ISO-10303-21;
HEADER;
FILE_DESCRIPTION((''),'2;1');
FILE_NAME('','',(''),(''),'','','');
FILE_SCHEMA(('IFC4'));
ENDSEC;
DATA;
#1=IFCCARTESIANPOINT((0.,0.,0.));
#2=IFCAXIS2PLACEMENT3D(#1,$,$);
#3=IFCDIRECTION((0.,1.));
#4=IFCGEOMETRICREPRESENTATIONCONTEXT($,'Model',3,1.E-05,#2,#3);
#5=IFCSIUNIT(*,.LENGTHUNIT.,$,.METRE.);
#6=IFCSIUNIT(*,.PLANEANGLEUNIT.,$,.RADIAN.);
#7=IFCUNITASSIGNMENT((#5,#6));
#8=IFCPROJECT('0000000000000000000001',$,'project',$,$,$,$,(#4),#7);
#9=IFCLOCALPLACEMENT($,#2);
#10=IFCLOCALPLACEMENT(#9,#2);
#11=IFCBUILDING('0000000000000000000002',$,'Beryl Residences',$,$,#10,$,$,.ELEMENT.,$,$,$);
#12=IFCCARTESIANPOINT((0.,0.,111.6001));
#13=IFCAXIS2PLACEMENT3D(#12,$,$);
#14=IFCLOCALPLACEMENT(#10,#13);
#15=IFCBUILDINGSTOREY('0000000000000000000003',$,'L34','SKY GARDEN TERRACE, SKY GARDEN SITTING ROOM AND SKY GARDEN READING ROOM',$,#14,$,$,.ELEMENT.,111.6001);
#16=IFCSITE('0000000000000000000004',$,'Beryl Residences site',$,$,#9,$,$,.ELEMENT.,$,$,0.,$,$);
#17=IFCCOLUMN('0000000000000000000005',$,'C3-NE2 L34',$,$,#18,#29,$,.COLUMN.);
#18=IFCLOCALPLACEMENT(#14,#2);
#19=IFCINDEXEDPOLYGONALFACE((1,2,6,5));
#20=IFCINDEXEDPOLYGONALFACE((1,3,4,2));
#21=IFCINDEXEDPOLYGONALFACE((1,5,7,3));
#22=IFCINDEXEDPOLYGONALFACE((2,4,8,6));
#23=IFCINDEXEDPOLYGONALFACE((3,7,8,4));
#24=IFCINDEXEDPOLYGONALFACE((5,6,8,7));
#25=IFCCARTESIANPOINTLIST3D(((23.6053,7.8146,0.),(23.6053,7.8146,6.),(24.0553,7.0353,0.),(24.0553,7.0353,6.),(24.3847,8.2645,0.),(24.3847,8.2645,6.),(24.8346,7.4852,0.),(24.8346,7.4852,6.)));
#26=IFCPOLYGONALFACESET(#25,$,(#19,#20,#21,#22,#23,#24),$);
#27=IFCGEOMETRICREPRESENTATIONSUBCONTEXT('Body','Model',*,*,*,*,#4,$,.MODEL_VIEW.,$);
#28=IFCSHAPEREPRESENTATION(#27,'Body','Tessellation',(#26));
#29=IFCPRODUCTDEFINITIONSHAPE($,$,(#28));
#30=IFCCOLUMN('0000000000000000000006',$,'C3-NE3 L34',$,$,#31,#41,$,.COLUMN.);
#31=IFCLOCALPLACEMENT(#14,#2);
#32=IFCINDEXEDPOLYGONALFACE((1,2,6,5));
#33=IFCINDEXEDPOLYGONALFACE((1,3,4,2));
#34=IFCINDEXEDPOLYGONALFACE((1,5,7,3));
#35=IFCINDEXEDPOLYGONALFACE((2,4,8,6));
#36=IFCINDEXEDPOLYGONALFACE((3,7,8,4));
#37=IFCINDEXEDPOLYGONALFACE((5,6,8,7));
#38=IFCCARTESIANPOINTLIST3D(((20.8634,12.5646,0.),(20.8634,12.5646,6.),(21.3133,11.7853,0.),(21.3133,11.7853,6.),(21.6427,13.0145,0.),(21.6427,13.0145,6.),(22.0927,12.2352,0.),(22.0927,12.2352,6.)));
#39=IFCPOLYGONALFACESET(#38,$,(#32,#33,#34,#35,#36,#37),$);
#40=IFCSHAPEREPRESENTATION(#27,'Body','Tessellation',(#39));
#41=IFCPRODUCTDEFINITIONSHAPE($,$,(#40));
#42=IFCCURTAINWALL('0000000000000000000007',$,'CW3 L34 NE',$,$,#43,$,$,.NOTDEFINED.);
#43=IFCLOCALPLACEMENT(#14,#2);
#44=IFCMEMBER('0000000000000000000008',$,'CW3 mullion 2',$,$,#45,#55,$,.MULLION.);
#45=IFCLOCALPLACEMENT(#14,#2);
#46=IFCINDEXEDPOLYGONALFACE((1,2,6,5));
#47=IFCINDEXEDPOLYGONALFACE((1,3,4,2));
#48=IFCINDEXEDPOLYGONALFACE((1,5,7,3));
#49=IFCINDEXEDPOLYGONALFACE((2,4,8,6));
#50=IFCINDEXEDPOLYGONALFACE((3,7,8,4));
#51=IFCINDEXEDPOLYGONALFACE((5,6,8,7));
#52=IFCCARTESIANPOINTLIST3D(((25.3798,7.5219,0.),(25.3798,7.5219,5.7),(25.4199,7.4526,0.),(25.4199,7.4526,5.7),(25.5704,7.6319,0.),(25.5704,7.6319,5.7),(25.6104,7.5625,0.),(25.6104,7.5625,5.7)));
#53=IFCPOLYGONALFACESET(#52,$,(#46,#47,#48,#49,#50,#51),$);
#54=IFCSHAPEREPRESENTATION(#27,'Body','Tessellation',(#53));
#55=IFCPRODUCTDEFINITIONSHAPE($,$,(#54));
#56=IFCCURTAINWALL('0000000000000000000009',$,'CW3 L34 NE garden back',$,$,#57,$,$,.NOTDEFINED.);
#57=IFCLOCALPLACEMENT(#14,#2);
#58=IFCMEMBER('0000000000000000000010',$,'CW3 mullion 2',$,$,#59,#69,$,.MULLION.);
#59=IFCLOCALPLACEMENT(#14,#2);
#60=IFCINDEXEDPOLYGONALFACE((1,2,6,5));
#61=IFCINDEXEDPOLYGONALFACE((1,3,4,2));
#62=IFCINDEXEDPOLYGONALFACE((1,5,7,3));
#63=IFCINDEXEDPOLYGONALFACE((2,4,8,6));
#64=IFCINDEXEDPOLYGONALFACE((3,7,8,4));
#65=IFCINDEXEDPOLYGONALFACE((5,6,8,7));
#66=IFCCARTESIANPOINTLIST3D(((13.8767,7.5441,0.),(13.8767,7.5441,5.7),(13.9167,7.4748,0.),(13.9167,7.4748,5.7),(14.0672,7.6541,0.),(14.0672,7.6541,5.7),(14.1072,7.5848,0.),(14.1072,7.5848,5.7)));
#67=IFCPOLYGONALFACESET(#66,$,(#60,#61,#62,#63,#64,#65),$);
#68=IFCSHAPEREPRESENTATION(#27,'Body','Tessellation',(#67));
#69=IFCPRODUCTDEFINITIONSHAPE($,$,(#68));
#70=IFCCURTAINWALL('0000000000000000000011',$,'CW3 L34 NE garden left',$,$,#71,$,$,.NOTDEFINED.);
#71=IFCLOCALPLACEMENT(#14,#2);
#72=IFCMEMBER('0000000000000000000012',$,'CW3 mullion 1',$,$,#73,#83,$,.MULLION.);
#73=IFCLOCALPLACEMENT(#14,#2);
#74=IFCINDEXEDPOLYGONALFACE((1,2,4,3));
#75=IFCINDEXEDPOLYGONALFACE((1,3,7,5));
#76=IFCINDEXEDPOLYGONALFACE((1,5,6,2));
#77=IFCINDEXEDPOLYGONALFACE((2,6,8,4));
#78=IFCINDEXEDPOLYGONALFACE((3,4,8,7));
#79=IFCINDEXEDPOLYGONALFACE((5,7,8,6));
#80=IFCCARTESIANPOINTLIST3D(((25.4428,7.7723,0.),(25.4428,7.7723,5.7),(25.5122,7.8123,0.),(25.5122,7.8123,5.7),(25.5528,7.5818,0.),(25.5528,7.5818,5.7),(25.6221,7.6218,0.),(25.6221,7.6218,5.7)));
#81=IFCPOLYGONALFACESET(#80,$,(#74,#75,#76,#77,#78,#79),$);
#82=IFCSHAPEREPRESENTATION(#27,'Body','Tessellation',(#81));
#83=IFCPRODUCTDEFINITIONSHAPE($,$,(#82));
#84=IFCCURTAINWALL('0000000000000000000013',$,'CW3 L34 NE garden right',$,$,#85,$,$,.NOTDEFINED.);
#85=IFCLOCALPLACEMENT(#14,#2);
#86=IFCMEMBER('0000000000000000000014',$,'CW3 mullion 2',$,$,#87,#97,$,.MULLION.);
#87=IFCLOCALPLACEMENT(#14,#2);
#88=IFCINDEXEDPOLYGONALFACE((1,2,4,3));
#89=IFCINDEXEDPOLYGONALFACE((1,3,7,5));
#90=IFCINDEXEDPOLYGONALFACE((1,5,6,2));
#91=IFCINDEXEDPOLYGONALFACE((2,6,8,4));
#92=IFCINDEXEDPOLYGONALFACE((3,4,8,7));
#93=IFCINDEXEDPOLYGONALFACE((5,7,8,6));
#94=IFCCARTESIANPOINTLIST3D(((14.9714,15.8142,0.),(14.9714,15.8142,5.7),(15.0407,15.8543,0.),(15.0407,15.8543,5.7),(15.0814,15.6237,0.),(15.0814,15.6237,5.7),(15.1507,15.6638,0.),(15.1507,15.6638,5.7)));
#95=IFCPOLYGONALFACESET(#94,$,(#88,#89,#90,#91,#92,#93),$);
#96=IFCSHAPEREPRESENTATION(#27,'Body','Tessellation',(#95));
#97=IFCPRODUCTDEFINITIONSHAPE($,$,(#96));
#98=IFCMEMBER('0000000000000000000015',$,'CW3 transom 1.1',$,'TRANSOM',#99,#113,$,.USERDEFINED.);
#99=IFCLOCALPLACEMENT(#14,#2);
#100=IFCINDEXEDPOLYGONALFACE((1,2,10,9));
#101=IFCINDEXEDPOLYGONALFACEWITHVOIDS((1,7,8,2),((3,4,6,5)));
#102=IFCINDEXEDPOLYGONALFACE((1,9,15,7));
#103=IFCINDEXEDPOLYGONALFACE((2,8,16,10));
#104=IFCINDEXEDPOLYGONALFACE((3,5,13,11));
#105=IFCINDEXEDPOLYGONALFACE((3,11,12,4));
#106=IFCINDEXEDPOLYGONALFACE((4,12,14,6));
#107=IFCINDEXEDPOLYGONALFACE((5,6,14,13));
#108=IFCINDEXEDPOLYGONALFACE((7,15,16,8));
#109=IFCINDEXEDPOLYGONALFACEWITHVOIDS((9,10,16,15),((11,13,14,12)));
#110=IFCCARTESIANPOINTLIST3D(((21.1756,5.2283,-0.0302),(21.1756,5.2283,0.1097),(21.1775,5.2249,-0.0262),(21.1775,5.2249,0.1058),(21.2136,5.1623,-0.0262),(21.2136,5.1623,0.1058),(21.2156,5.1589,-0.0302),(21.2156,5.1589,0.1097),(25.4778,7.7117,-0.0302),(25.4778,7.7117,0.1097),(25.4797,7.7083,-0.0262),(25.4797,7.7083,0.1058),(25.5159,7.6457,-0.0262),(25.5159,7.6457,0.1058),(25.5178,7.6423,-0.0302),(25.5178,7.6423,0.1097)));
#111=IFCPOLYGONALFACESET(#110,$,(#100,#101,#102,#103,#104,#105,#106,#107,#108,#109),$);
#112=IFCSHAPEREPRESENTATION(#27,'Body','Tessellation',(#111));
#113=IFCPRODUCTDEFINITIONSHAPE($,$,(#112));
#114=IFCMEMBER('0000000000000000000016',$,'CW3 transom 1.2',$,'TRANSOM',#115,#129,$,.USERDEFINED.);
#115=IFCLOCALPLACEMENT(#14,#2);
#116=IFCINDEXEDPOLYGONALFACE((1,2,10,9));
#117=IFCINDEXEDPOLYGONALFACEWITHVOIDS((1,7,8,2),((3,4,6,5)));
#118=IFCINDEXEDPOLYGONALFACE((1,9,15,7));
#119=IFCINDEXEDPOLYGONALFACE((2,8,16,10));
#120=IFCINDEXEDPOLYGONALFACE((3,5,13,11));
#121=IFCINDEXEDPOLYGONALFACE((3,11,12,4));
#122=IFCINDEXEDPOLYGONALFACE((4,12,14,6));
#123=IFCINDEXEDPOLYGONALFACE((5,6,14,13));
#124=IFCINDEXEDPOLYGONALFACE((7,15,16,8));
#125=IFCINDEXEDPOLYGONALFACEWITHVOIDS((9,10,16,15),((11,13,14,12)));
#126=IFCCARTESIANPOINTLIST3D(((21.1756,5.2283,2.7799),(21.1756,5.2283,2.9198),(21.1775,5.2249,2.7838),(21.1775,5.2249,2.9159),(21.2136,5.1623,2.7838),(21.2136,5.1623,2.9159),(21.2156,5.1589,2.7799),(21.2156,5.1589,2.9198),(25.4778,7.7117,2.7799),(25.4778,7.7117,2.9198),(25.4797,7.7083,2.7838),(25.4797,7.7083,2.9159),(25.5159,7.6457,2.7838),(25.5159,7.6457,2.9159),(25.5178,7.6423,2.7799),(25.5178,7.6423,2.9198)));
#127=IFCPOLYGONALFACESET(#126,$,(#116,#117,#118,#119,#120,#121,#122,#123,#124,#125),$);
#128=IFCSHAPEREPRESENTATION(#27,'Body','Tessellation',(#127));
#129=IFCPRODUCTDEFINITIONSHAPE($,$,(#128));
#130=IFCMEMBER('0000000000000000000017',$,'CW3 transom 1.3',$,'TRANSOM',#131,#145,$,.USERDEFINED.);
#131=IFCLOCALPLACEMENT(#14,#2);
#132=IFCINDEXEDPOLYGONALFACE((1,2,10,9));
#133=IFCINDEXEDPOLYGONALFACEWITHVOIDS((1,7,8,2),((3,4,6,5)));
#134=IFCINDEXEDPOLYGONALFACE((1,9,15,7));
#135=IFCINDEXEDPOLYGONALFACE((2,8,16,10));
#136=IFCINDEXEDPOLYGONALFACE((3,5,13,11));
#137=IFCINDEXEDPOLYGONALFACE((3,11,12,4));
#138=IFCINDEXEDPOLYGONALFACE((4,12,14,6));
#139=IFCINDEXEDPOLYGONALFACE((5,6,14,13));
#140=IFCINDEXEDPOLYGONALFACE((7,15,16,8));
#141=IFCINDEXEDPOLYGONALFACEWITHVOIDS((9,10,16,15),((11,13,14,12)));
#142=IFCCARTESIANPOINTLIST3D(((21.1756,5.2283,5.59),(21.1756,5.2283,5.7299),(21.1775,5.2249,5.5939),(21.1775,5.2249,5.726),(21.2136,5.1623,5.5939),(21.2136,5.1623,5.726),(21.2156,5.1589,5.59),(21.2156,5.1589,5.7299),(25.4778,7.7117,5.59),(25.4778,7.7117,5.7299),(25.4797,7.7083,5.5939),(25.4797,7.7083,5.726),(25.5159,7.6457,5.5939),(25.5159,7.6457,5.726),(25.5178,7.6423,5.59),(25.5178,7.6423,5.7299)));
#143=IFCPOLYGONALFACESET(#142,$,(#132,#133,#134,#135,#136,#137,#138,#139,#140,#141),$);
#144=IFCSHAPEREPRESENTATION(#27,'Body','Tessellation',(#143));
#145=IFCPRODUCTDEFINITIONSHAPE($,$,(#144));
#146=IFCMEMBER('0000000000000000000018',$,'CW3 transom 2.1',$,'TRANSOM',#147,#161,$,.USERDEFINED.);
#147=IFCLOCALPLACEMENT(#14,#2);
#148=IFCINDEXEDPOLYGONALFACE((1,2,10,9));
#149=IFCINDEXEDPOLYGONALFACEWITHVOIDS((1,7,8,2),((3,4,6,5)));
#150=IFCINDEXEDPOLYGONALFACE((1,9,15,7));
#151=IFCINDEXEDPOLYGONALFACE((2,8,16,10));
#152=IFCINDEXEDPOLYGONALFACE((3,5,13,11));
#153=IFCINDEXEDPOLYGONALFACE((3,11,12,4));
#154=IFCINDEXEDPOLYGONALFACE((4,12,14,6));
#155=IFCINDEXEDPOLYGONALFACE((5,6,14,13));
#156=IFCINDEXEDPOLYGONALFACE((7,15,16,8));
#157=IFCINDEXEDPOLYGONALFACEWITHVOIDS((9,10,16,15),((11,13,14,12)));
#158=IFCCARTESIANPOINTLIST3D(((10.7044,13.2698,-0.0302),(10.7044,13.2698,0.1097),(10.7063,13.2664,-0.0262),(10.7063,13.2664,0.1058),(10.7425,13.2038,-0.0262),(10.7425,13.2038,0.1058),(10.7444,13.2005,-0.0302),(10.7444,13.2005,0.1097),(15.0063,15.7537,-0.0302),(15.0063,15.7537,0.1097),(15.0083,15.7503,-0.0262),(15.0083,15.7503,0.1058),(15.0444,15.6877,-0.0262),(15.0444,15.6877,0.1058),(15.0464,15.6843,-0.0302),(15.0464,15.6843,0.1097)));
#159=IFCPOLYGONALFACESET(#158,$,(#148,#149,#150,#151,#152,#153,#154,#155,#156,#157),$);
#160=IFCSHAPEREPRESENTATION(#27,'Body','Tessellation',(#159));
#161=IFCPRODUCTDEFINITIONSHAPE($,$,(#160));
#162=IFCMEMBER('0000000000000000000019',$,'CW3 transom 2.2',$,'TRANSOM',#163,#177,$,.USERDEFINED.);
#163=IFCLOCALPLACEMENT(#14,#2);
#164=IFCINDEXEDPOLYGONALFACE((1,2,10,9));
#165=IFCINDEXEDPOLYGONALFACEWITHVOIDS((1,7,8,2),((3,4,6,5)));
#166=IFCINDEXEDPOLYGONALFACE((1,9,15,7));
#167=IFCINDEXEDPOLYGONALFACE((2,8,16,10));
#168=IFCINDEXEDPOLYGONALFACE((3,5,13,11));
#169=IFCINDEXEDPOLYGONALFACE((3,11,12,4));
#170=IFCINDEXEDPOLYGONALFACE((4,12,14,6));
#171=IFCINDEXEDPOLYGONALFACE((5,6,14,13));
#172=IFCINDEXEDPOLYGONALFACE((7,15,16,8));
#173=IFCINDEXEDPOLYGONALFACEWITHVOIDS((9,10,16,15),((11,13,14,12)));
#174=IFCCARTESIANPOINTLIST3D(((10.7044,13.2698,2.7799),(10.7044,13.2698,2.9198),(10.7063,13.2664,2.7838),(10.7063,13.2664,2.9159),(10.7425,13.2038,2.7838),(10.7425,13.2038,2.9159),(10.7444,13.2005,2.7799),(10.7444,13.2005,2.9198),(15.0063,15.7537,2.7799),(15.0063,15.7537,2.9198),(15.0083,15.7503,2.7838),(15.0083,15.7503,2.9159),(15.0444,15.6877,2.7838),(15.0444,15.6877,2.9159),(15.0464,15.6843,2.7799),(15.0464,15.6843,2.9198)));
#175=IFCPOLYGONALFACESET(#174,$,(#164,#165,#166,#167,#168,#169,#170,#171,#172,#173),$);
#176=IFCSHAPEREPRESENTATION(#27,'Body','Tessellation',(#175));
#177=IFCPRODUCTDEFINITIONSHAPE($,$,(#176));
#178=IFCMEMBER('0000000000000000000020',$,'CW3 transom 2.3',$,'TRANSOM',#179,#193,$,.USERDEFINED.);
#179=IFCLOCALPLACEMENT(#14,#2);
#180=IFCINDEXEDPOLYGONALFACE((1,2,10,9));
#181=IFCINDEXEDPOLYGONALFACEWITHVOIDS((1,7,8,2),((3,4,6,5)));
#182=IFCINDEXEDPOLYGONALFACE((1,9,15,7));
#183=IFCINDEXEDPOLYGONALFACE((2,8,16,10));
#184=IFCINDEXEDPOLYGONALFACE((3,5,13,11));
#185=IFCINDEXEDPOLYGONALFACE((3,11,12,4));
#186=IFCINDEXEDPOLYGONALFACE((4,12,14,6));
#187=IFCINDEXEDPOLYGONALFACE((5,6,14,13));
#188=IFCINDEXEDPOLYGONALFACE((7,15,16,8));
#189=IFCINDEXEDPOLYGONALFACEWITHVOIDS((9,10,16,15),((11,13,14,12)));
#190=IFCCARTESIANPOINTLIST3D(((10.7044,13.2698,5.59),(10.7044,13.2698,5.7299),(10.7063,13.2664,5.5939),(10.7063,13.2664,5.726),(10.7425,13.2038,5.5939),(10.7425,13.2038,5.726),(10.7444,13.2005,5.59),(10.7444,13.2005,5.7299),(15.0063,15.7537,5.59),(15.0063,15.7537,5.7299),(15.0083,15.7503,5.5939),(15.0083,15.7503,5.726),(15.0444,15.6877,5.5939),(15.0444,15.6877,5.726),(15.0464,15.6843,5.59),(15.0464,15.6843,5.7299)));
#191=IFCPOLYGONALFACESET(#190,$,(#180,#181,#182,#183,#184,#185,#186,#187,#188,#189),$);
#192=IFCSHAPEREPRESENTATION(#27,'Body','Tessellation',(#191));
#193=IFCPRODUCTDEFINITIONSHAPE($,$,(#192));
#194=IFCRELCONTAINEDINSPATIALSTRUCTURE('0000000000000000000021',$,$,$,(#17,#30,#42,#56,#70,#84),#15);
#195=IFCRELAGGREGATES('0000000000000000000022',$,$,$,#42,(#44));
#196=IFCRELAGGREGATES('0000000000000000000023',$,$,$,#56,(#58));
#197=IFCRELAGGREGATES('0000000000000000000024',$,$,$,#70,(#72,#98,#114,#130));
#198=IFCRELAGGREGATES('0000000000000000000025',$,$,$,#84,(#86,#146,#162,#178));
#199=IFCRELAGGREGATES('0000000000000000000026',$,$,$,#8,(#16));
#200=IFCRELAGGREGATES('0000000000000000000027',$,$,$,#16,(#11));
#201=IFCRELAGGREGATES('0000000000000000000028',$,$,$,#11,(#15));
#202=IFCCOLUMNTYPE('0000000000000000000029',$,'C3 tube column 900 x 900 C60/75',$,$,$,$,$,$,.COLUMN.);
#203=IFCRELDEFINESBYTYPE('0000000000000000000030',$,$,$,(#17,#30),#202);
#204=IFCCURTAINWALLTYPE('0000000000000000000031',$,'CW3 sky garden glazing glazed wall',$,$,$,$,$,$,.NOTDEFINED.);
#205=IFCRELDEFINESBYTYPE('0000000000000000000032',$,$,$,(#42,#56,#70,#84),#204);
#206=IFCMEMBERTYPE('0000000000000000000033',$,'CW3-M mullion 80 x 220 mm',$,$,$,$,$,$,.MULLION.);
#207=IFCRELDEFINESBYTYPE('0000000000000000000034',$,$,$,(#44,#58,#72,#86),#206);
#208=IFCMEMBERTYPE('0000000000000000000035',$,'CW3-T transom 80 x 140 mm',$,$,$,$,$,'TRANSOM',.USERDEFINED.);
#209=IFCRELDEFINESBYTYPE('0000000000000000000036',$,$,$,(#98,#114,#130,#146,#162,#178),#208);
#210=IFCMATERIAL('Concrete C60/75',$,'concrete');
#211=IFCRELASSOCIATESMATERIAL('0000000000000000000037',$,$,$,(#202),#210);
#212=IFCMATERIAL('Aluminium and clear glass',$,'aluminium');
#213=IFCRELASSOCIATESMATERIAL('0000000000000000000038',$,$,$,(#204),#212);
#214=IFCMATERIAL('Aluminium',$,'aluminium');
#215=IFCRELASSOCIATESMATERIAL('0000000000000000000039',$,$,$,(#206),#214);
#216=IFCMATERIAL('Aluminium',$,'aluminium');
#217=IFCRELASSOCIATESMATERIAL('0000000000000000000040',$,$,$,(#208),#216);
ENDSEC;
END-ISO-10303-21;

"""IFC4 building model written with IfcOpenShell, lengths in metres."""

from ifc_helpers import new_model, si_unit, direction, frame, origin, origin_2d, place, context, subcontext, project, spatial, rectangle, hollow_rectangle, extrude, material, material_profile, profile_set, type_object, element, aggregate, save


model = new_model("IFC4")

# Units and contexts
model_context = context("Model", 3, precision=1e-05, world=origin(), true_north=direction((0.0, 1.0)))
body_context = subcontext(model_context, "Body", "Model", "MODEL_VIEW")
ifc_project = project(units=[si_unit("LENGTHUNIT", "METRE"), si_unit("PLANEANGLEUNIT", "RADIAN")], contexts=[model_context])

# Site, building, storey
site_placement = place(None, origin())
site = spatial("IfcSite", under=ifc_project, at=site_placement, Name="Beryl Residences site", CompositionType="ELEMENT", RefElevation=0.0)
building_placement = place(site_placement, origin())
building = spatial("IfcBuilding", under=site, at=building_placement, Name="Beryl Residences", CompositionType="ELEMENT")
storey_placement = place(building_placement, frame((0.0, 0.0, 111.6001)))
storey = spatial("IfcBuildingStorey", under=building, at=storey_placement, Name="L34", Description="SKY GARDEN TERRACE, SKY GARDEN SITTING ROOM AND SKY GARDEN READING ROOM", CompositionType="ELEMENT", Elevation=111.6001)

# Columns
ifc_material_1 = material(Name="Concrete C60/75", Category="concrete")
ifc_material_profile_1 = material_profile(ifc_material_1, rectangle(XDim=0.8999, YDim=0.8999, at=origin_2d()))
ifc_profile_set_1 = profile_set([ifc_material_profile_1], Name="Concrete C60/75")
column_type = type_object("IfcColumnType", Name="C3 tube column 900 x 900 C60/75", PredefinedType="COLUMN", material=ifc_profile_set_1)
for number, where, z_axis, x_axis, name in (
    (1, (24.22, 7.6499, 0.0), (0.0, 0.0, 1.0), (-0.5, 0.866025, 0.0), "C3-NE2 L34"),
    (2, (21.478, 12.3999, 0.0), (0.0, 0.0, 1.0), (-0.5, 0.866025, 0.0), "C3-NE3 L34"),
):
    element("IfcColumn", number, at=place(storey_placement, frame(where, z_axis=z_axis, x_axis=x_axis)), inside=storey, type_object=column_type, Name=name, PredefinedType="COLUMN", context=body_context, shape_type="SweptSolid", body=[
        extrude(rectangle(XDim=0.8999, YDim=0.8999, at=origin_2d()), origin(), (0.0, 0.0, 1.0), 6.0),
    ])

# Curtain walls, members
ifc_material_2 = material(Name="Aluminium and clear glass", Category="aluminium")
curtain_wall_type = type_object("IfcCurtainWallType", Name="CW3 sky garden glazing glazed wall", PredefinedType="NOTDEFINED", material=ifc_material_2)
curtain_wall_1_placement = place(storey_placement, origin())
curtain_wall_1 = element("IfcCurtainWall", 3, at=curtain_wall_1_placement, inside=storey, type_object=curtain_wall_type, Name="CW3 L34 NE", PredefinedType="NOTDEFINED")
ifc_material_3 = material(Name="Aluminium", Category="aluminium")
ifc_material_profile_2 = material_profile(ifc_material_3, rectangle(XDim=0.0801, YDim=0.22, at=origin_2d()))
ifc_profile_set_2 = profile_set([ifc_material_profile_2], Name="Aluminium")
member_type_1 = type_object("IfcMemberType", Name="CW3-M mullion 80 x 220 mm", PredefinedType="MULLION", material=ifc_profile_set_2)
member_1_placement = place(storey_placement, frame((25.4951, 7.5422, 0.0), z_axis=(0.0, 0.0, 1.0), x_axis=(-0.49995, 0.866054, 0.0)))
member_1 = element("IfcMember", 4, at=member_1_placement, type_object=member_type_1, Name="CW3 mullion 2", PredefinedType="MULLION", context=body_context, shape_type="SweptSolid", body=[
    extrude(rectangle(XDim=0.0801, YDim=0.22, at=origin_2d()), origin(), (0.0, 0.0, 1.0), 5.7),
])
aggregate(curtain_wall_1, [member_1])
curtain_wall_2_placement = place(storey_placement, origin())
curtain_wall_2 = element("IfcCurtainWall", 5, at=curtain_wall_2_placement, inside=storey, type_object=curtain_wall_type, Name="CW3 L34 NE garden back", PredefinedType="NOTDEFINED")
member_2_placement = place(storey_placement, frame((13.9919, 7.5645, 0.0), z_axis=(0.0, 0.0, 1.0), x_axis=(-0.500142, 0.865943, 0.0)))
member_2 = element("IfcMember", 6, at=member_2_placement, type_object=member_type_1, Name="CW3 mullion 2", PredefinedType="MULLION", context=body_context, shape_type="SweptSolid", body=[
    extrude(rectangle(XDim=0.0801, YDim=0.22, at=origin_2d()), origin(), (0.0, 0.0, 1.0), 5.7),
])
curtain_wall_3_placement = place(storey_placement, origin())
curtain_wall_3 = element("IfcCurtainWall", 7, at=curtain_wall_3_placement, inside=storey, type_object=curtain_wall_type, Name="CW3 L34 NE garden left", PredefinedType="NOTDEFINED")
member_3_placement = place(storey_placement, frame((25.5325, 7.697, 0.0), z_axis=(0.0, 0.0, 1.0), x_axis=(-0.866051, -0.499955, 0.0)))
member_3 = element("IfcMember", 8, at=member_3_placement, type_object=member_type_1, Name="CW3 mullion 1", PredefinedType="MULLION", context=body_context, shape_type="SweptSolid", body=[
    extrude(rectangle(XDim=0.0801, YDim=0.22, at=origin_2d()), origin(), (0.0, 0.0, 1.0), 5.7),
])
curtain_wall_4_placement = place(storey_placement, origin())
curtain_wall_4 = element("IfcCurtainWall", 9, at=curtain_wall_4_placement, inside=storey, type_object=curtain_wall_type, Name="CW3 L34 NE garden right", PredefinedType="NOTDEFINED")
member_4_placement = place(storey_placement, frame((15.061, 15.739, 0.0), z_axis=(0.0, 0.0, 1.0), x_axis=(-0.866009, -0.500029, 0.0)))
member_4 = element("IfcMember", 10, at=member_4_placement, type_object=member_type_1, Name="CW3 mullion 2", PredefinedType="MULLION", context=body_context, shape_type="SweptSolid", body=[
    extrude(rectangle(XDim=0.0801, YDim=0.22, at=origin_2d()), origin(), (0.0, 0.0, 1.0), 5.7),
])

# Members
ifc_material_4 = material(Name="Aluminium", Category="aluminium")
ifc_material_profile_3 = material_profile(ifc_material_4, hollow_rectangle(XDim=0.0801, YDim=0.1399, WallThickness=0.0039, at=origin_2d()))
ifc_profile_set_3 = profile_set([ifc_material_profile_3], Name="Aluminium")
member_type_2 = type_object("IfcMemberType", Name="CW3-T transom 80 x 140 mm", ElementType="TRANSOM", PredefinedType="USERDEFINED", material=ifc_profile_set_3)
member_5_placement = place(storey_placement, frame((25.4978, 7.677, 0.0398), z_axis=(-0.866069, -0.499924, 0.0), x_axis=(0.499924, -0.866069, 0.0)))
member_5 = element("IfcMember", 11, at=member_5_placement, type_object=member_type_2, Name="CW3 transom 1.1", ObjectType="TRANSOM", PredefinedType="USERDEFINED", context=body_context, shape_type="SweptSolid", body=[
    extrude(hollow_rectangle(XDim=0.0801, YDim=0.1399, WallThickness=0.0039, at=origin_2d()), origin(), (0.0, 0.0, 1.0), 4.9675),
])
member_6_placement = place(storey_placement, frame((25.4978, 7.677, 2.8499), z_axis=(-0.866069, -0.499924, 0.0), x_axis=(0.499924, -0.866069, 0.0)))
member_6 = element("IfcMember", 12, at=member_6_placement, type_object=member_type_2, Name="CW3 transom 1.2", ObjectType="TRANSOM", PredefinedType="USERDEFINED", context=body_context, shape_type="SweptSolid", body=[
    extrude(hollow_rectangle(XDim=0.0801, YDim=0.1399, WallThickness=0.0039, at=origin_2d()), origin(), (0.0, 0.0, 1.0), 4.9675),
])
member_7_placement = place(storey_placement, frame((25.4978, 7.677, 5.6599), z_axis=(-0.866069, -0.499924, 0.0), x_axis=(0.499924, -0.866069, 0.0)))
member_7 = element("IfcMember", 13, at=member_7_placement, type_object=member_type_2, Name="CW3 transom 1.3", ObjectType="TRANSOM", PredefinedType="USERDEFINED", context=body_context, shape_type="SweptSolid", body=[
    extrude(hollow_rectangle(XDim=0.0801, YDim=0.1399, WallThickness=0.0039, at=origin_2d()), origin(), (0.0, 0.0, 1.0), 4.9675),
])
member_8_placement = place(storey_placement, frame((15.0264, 15.719, 0.0398), z_axis=(-0.866015, -0.500019, 0.0), x_axis=(0.500019, -0.866015, 0.0)))
member_8 = element("IfcMember", 14, at=member_8_placement, type_object=member_type_2, Name="CW3 transom 2.1", ObjectType="TRANSOM", PredefinedType="USERDEFINED", context=body_context, shape_type="SweptSolid", body=[
    extrude(hollow_rectangle(XDim=0.0801, YDim=0.1399, WallThickness=0.0039, at=origin_2d()), origin(), (0.0, 0.0, 1.0), 4.9675),
])
member_9_placement = place(storey_placement, frame((15.0264, 15.719, 2.8499), z_axis=(-0.866015, -0.500019, 0.0), x_axis=(0.500019, -0.866015, 0.0)))
member_9 = element("IfcMember", 15, at=member_9_placement, type_object=member_type_2, Name="CW3 transom 2.2", ObjectType="TRANSOM", PredefinedType="USERDEFINED", context=body_context, shape_type="SweptSolid", body=[
    extrude(hollow_rectangle(XDim=0.0801, YDim=0.1399, WallThickness=0.0039, at=origin_2d()), origin(), (0.0, 0.0, 1.0), 4.9675),
])
member_10_placement = place(storey_placement, frame((15.0264, 15.719, 5.6599), z_axis=(-0.866015, -0.500019, 0.0), x_axis=(0.500019, -0.866015, 0.0)))
member_10 = element("IfcMember", 16, at=member_10_placement, type_object=member_type_2, Name="CW3 transom 2.3", ObjectType="TRANSOM", PredefinedType="USERDEFINED", context=body_context, shape_type="SweptSolid", body=[
    extrude(hollow_rectangle(XDim=0.0801, YDim=0.1399, WallThickness=0.0039, at=origin_2d()), origin(), (0.0, 0.0, 1.0), 4.9675),
])

aggregate(curtain_wall_2, [member_2])
aggregate(curtain_wall_3, [member_3, member_5, member_6, member_7])
aggregate(curtain_wall_4, [member_4, member_8, member_9, member_10])

save(model, "model.ifc")
